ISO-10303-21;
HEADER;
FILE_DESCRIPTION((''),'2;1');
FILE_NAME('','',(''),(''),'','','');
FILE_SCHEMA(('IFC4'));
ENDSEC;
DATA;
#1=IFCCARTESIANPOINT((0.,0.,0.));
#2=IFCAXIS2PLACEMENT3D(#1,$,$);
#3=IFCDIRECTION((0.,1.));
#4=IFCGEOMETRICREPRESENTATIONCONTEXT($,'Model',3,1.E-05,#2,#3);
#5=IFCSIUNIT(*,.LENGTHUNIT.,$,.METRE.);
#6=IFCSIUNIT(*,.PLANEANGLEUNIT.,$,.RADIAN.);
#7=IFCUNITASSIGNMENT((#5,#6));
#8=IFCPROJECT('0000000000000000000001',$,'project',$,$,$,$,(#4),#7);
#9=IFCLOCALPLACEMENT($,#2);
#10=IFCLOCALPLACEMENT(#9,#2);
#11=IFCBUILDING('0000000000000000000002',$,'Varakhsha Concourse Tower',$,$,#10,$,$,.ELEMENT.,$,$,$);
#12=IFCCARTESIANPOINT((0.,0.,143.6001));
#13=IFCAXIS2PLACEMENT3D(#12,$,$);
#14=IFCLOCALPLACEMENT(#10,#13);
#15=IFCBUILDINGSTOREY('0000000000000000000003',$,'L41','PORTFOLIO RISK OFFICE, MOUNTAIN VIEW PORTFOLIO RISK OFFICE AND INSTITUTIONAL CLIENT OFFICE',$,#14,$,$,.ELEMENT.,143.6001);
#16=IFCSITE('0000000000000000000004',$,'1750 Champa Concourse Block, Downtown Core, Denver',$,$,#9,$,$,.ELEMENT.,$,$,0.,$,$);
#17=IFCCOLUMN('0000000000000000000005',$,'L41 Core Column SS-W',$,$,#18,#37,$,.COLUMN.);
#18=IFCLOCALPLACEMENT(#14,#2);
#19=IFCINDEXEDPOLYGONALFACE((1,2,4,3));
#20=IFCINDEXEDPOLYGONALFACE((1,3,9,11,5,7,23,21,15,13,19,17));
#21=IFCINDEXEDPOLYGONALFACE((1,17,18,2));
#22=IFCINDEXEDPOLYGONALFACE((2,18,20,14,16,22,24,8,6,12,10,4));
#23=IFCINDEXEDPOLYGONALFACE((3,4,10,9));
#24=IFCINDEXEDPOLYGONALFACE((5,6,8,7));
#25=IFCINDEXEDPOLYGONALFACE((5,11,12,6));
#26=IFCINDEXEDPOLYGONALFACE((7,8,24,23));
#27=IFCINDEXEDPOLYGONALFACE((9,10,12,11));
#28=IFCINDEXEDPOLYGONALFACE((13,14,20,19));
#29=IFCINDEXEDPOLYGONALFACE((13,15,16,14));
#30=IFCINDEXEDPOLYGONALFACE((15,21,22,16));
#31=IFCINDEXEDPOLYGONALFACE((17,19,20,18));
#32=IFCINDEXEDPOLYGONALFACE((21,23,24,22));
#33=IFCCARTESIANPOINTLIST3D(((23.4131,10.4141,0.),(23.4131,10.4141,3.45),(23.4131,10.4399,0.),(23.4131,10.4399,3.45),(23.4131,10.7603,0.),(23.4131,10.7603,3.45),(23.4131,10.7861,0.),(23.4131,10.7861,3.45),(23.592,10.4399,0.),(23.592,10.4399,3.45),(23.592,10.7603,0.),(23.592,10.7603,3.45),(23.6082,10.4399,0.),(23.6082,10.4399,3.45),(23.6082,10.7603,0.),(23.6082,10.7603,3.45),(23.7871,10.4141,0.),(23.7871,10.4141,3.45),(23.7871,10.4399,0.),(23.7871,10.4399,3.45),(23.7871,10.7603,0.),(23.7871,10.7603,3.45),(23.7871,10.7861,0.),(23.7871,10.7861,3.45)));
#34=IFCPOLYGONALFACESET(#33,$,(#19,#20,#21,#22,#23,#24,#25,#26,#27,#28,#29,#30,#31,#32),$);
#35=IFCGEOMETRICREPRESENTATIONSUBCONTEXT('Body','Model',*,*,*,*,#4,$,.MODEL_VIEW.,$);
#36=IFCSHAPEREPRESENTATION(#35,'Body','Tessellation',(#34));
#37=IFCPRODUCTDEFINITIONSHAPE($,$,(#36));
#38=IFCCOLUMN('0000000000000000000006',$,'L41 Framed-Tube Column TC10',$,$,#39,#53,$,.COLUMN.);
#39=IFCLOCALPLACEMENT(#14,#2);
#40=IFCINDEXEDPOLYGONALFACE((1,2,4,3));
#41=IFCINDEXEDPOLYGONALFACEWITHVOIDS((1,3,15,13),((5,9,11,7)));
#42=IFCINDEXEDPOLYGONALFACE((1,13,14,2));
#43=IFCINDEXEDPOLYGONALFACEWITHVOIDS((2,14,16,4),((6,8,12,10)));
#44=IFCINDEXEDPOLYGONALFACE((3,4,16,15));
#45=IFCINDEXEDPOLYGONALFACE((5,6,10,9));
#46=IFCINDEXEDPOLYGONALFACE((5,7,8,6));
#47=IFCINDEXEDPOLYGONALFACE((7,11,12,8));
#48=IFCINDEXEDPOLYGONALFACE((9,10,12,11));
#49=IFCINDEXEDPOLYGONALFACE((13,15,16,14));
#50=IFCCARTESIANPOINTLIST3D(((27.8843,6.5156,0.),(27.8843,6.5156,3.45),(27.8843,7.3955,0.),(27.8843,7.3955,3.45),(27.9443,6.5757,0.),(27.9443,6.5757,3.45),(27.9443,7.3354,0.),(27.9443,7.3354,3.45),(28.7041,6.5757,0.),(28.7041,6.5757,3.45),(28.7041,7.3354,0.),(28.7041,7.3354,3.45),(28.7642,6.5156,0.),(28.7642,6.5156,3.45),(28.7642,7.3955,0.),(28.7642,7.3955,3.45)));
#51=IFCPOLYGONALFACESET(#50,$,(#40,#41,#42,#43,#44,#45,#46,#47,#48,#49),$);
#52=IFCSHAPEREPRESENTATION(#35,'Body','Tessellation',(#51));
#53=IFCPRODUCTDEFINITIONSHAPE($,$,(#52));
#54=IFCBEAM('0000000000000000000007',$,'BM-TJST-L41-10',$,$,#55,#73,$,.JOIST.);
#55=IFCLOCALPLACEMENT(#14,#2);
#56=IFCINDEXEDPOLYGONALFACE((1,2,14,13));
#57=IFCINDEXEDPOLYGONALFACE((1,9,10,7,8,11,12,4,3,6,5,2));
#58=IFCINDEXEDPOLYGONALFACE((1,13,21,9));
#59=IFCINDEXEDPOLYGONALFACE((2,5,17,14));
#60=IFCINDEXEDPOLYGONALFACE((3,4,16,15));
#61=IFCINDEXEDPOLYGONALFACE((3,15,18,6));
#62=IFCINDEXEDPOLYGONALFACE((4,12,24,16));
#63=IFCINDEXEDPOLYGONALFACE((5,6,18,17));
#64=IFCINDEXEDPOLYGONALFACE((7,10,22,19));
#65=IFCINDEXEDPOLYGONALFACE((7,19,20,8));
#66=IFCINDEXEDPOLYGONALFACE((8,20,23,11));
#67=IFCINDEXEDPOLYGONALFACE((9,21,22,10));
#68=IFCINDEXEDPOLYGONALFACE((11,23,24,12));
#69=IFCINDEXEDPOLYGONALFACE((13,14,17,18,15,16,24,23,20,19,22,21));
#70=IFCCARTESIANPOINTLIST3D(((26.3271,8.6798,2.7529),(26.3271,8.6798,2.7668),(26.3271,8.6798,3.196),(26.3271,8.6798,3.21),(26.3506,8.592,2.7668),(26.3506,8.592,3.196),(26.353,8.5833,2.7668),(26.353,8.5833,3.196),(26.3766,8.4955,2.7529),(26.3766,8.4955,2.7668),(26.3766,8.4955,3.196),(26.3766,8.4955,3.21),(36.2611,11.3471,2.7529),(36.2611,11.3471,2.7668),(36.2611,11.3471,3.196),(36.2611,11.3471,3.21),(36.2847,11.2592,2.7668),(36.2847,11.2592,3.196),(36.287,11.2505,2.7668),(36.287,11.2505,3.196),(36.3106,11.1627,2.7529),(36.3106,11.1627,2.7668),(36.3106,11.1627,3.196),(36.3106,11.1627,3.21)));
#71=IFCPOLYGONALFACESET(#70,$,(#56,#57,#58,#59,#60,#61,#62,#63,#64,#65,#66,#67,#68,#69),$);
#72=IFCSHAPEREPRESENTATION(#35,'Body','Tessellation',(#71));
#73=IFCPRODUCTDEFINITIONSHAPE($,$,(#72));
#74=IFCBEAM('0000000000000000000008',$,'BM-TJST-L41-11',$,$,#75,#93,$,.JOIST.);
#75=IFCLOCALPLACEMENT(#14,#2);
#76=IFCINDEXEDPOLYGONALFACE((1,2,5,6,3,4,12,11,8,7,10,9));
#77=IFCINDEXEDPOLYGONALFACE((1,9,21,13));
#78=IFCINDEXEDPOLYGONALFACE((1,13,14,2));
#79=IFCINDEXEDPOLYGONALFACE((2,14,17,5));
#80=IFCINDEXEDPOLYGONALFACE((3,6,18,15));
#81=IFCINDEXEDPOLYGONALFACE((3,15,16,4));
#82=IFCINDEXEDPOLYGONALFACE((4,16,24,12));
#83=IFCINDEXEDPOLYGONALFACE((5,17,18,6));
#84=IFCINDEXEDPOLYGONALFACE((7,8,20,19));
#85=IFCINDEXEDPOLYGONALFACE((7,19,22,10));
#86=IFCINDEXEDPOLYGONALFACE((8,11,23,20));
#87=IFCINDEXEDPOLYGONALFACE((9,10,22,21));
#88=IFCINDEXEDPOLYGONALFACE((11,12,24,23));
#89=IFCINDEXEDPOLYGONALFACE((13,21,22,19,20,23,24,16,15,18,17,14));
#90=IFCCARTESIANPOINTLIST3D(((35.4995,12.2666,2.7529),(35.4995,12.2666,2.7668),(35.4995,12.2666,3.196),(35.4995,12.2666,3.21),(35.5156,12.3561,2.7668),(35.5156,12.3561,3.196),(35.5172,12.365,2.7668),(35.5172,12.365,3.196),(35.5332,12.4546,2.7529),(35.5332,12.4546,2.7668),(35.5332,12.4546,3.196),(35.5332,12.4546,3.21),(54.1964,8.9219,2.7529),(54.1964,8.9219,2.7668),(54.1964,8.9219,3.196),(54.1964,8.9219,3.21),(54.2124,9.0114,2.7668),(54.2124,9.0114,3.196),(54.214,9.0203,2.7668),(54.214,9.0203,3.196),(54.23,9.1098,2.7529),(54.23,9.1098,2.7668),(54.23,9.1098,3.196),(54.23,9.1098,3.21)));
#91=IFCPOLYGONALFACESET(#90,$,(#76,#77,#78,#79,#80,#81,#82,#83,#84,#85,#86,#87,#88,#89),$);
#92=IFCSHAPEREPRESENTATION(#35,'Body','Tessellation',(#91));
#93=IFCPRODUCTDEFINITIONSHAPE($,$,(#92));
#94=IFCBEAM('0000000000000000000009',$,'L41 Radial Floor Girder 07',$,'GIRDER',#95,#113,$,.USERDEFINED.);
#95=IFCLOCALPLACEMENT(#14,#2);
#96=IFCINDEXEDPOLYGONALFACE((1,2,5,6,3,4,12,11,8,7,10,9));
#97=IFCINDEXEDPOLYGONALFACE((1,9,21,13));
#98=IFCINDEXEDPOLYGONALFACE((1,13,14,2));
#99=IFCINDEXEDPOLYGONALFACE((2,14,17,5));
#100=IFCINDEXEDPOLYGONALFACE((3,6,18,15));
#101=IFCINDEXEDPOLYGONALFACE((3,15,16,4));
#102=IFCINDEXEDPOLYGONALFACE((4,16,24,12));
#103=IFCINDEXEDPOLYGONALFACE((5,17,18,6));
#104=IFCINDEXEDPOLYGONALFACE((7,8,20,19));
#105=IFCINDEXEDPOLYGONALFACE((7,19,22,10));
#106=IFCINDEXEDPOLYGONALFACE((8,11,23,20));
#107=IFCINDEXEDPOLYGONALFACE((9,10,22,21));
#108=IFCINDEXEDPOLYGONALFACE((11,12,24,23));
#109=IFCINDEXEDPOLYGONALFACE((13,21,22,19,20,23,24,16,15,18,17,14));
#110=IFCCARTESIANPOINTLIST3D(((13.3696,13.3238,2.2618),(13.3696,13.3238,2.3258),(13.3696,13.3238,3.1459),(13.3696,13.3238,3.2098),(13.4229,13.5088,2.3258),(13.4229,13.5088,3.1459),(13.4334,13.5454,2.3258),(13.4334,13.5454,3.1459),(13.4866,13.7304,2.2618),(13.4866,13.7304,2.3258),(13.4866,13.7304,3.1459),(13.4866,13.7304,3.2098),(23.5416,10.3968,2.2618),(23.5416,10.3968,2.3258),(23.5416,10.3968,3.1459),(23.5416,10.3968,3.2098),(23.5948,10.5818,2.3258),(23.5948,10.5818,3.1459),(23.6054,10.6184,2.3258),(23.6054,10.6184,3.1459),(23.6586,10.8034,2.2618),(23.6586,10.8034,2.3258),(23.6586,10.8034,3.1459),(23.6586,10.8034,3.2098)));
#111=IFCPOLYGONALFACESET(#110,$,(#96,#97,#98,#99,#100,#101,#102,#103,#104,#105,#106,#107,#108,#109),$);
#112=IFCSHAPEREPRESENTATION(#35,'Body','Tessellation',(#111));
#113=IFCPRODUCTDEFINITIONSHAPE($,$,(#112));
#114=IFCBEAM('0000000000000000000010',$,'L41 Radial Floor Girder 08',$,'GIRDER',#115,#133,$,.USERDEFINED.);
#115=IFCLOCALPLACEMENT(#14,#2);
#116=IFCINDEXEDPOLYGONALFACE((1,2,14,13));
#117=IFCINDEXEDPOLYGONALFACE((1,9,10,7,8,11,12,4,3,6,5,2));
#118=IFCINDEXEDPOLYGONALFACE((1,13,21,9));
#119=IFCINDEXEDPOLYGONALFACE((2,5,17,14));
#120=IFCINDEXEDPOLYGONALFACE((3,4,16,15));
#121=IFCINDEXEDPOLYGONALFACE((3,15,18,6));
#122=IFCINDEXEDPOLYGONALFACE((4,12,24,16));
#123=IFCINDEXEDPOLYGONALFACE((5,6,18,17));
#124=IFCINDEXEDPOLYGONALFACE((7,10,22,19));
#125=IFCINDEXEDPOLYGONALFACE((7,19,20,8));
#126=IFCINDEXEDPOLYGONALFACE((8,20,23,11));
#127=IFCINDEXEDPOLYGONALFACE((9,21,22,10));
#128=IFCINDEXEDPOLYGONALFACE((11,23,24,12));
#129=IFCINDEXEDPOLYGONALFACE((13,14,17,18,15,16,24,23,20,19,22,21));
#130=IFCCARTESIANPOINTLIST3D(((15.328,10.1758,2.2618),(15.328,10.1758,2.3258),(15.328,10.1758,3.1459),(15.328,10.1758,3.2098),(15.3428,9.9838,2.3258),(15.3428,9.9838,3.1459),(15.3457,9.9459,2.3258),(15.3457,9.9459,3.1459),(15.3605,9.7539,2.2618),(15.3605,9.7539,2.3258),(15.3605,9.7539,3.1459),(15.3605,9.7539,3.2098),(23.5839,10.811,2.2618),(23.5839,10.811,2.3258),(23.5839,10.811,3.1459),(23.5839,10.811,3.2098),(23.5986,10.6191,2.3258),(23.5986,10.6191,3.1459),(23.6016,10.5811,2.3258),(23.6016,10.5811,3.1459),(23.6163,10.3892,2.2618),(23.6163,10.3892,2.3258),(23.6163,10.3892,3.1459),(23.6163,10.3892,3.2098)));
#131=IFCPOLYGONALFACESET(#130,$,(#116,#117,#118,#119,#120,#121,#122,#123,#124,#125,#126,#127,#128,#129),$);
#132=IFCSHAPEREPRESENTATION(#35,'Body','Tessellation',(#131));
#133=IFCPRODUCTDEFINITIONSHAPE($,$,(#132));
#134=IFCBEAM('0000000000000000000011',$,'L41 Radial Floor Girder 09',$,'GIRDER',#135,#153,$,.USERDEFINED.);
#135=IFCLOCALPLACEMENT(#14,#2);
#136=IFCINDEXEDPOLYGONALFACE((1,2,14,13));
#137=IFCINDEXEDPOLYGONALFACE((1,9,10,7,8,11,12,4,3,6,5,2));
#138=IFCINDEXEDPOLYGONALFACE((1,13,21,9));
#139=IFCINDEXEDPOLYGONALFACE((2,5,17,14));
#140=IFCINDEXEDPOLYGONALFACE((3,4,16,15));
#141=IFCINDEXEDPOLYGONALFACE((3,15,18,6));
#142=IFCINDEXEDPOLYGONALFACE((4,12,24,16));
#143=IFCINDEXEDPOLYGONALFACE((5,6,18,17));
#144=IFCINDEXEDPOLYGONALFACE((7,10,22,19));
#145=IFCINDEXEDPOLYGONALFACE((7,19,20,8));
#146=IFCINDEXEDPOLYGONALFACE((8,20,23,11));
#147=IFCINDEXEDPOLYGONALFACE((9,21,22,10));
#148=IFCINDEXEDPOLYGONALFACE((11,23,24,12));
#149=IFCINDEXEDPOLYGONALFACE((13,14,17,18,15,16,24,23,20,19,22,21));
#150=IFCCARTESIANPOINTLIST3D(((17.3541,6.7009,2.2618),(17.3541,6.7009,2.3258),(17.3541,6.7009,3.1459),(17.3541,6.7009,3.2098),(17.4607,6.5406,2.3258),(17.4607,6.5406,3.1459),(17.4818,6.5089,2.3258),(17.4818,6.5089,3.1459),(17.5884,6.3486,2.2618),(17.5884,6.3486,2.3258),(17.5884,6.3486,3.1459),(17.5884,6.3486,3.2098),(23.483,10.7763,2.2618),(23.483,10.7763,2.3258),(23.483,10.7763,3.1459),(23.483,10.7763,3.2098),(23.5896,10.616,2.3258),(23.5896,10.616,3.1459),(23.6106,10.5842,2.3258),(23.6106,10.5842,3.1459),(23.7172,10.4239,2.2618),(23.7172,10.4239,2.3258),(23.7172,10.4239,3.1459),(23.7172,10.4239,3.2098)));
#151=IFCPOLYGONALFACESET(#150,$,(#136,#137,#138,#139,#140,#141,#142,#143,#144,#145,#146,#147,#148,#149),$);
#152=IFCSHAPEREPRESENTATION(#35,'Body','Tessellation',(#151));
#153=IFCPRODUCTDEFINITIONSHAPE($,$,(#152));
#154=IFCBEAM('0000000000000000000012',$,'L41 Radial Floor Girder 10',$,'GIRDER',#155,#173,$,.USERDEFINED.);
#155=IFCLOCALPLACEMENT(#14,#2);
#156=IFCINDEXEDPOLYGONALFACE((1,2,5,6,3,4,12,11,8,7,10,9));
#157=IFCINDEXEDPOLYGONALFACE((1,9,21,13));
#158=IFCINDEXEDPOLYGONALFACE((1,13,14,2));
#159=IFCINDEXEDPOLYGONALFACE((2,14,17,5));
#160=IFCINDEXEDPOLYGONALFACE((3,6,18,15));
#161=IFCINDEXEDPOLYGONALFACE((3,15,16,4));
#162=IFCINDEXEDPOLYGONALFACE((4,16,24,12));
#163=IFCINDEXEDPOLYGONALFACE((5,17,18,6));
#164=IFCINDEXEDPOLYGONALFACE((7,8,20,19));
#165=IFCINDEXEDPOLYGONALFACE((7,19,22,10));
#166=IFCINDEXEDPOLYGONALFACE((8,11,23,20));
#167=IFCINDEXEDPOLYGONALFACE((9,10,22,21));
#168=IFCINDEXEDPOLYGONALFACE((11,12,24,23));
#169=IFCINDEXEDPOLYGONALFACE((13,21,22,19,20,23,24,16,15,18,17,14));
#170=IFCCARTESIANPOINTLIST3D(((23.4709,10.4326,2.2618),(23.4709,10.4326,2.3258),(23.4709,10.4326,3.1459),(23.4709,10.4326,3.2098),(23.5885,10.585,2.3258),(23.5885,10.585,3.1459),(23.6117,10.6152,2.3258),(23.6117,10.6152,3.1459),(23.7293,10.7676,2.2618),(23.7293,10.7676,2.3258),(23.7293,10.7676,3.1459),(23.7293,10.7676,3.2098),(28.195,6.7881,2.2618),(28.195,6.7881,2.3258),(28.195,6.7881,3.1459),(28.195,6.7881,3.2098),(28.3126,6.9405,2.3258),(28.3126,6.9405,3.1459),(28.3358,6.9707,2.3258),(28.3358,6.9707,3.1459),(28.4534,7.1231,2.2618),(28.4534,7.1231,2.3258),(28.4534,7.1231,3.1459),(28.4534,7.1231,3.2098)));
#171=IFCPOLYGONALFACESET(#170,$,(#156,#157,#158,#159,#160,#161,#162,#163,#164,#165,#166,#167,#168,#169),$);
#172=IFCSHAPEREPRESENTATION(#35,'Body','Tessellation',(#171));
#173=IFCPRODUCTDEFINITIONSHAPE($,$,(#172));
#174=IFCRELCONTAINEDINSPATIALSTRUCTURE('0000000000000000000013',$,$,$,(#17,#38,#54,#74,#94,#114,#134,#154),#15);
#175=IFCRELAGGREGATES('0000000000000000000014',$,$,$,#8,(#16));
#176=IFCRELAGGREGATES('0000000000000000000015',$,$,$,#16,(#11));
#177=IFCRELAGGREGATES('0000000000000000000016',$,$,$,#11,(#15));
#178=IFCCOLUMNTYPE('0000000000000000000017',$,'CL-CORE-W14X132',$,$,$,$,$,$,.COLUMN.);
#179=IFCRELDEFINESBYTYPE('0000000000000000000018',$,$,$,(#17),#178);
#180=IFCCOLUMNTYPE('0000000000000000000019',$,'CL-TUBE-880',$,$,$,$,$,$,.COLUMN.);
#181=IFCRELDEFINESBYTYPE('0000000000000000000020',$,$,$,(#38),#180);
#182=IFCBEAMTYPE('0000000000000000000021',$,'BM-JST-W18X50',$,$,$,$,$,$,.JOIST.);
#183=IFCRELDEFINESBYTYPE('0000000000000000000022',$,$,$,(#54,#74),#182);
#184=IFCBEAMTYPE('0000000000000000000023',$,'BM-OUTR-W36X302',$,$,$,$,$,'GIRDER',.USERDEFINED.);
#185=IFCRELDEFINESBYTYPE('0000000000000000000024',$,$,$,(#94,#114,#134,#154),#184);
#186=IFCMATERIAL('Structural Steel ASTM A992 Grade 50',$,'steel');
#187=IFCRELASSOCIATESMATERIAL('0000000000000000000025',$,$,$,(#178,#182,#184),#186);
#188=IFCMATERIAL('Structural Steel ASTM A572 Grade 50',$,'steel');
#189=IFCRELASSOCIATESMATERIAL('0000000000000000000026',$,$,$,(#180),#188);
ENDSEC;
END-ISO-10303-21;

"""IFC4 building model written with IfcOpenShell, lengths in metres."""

from ifc_helpers import new_model, si_unit, direction, frame, origin, origin_2d, place, context, subcontext, project, spatial, hollow_rectangle, i_section, extrude, material, material_profile, profile_set, type_object, element, save


model = new_model("IFC4")

# Units and contexts
model_context = context("Model", 3, precision=1e-05, world=origin(), true_north=direction((0.0, 1.0)))
body_context = subcontext(model_context, "Body", "Model", "MODEL_VIEW")
ifc_project = project(units=[si_unit("LENGTHUNIT", "METRE"), si_unit("PLANEANGLEUNIT", "RADIAN")], contexts=[model_context])

# Site, building, storey
site_placement = place(None, origin())
site = spatial("IfcSite", under=ifc_project, at=site_placement, Name="1750 Champa Concourse Block, Downtown Core, Denver", CompositionType="ELEMENT", RefElevation=0.0)
building_placement = place(site_placement, origin())
building = spatial("IfcBuilding", under=site, at=building_placement, Name="Varakhsha Concourse Tower", CompositionType="ELEMENT")
storey_placement = place(building_placement, frame((0.0, 0.0, 143.6001)))
storey = spatial("IfcBuildingStorey", under=building, at=storey_placement, Name="L41", Description="PORTFOLIO RISK OFFICE, MOUNTAIN VIEW PORTFOLIO RISK OFFICE AND INSTITUTIONAL CLIENT OFFICE", CompositionType="ELEMENT", Elevation=143.6001)

# Columns
ifc_material_1 = material(Name="Structural Steel ASTM A992 Grade 50", Category="steel")
ifc_material_profile_1 = material_profile(ifc_material_1, i_section(OverallWidth=0.374, OverallDepth=0.3721, WebThickness=0.0161, FlangeThickness=0.0259, at=origin_2d()), Name="W14X132")
ifc_profile_set_1 = profile_set([ifc_material_profile_1], Name="Structural Steel ASTM A992 Grade 50")
column_type_1 = type_object("IfcColumnType", Name="CL-CORE-W14X132", PredefinedType="COLUMN", material=ifc_profile_set_1)
column_1_placement = place(storey_placement, frame((23.6001, 10.6001, 0.0), z_axis=(0.0, 0.0, 1.0), x_axis=(1.0, 0.0, 0.0)))
element("IfcColumn", 1, at=column_1_placement, inside=storey, type_object=column_type_1, Name="L41 Core Column SS-W", PredefinedType="COLUMN", context=body_context, shape_type="SweptSolid", body=[
    extrude(i_section(OverallWidth=0.374, OverallDepth=0.3721, WebThickness=0.0161, FlangeThickness=0.0259, at=origin_2d()), origin(), (0.0, 0.0, 1.0), 3.45),
])
ifc_material_2 = material(Name="Structural Steel ASTM A572 Grade 50", Category="steel")
ifc_material_profile_2 = material_profile(ifc_material_2, hollow_rectangle(XDim=0.8799, YDim=0.8799, WallThickness=0.0601, at=origin_2d()), Name="BOX 880x880x60")
ifc_profile_set_2 = profile_set([ifc_material_profile_2], Name="Structural Steel ASTM A572 Grade 50")
column_type_2 = type_object("IfcColumnType", Name="CL-TUBE-880", PredefinedType="COLUMN", material=ifc_profile_set_2)
column_2_placement = place(storey_placement, frame((28.3242, 6.9556, 0.0), z_axis=(0.0, 0.0, 1.0), x_axis=(1.0, 0.0, 0.0)))
element("IfcColumn", 2, at=column_2_placement, inside=storey, type_object=column_type_2, Name="L41 Framed-Tube Column TC10", PredefinedType="COLUMN", context=body_context, shape_type="SweptSolid", body=[
    extrude(hollow_rectangle(XDim=0.8799, YDim=0.8799, WallThickness=0.0601, at=origin_2d()), origin(), (0.0, 0.0, 1.0), 3.45),
])

# Beams
ifc_material_profile_3 = material_profile(ifc_material_1, i_section(OverallWidth=0.1909, OverallDepth=0.457, WebThickness=0.009, FlangeThickness=0.0139, at=origin_2d()), Name="W18X50")
ifc_profile_set_3 = profile_set([ifc_material_profile_3], Name="Structural Steel ASTM A992 Grade 50")
beam_type_1 = type_object("IfcBeamType", Name="BM-JST-W18X50", PredefinedType="JOIST", material=ifc_profile_set_3)
beam_1_placement = place(storey_placement, frame((26.3518, 8.5876, 2.9814), z_axis=(0.965794, 0.259309, 0.0), x_axis=(-0.259309, 0.965794, 0.0)))
element("IfcBeam", 3, at=beam_1_placement, inside=storey, type_object=beam_type_1, Name="BM-TJST-L41-10", PredefinedType="JOIST", context=body_context, shape_type="SweptSolid", body=[
    extrude(i_section(OverallWidth=0.1909, OverallDepth=0.457, WebThickness=0.009, FlangeThickness=0.0139, at=origin_2d()), origin(), (0.0, 0.0, 1.0), 10.2859),
])
beam_2_placement = place(storey_placement, frame((35.5164, 12.3606, 2.9814), z_axis=(0.984373, -0.176098, 0.0), x_axis=(0.176098, 0.984373, 0.0)))
element("IfcBeam", 4, at=beam_2_placement, inside=storey, type_object=beam_type_1, Name="BM-TJST-L41-11", PredefinedType="JOIST", context=body_context, shape_type="SweptSolid", body=[
    extrude(i_section(OverallWidth=0.1909, OverallDepth=0.457, WebThickness=0.009, FlangeThickness=0.0139, at=origin_2d()), origin(), (0.0, 0.0, 1.0), 18.9937),
])
ifc_material_profile_4 = material_profile(ifc_material_1, i_section(OverallWidth=0.4231, OverallDepth=0.948, WebThickness=0.0381, FlangeThickness=0.064, at=origin_2d()), Name="W36X302")
ifc_profile_set_4 = profile_set([ifc_material_profile_4], Name="Structural Steel ASTM A992 Grade 50")
beam_type_2 = type_object("IfcBeamType", Name="BM-OUTR-W36X302", ElementType="GIRDER", PredefinedType="USERDEFINED", material=ifc_profile_set_4)
beam_3_placement = place(storey_placement, frame((23.6001, 10.6001, 2.7358), z_axis=(-0.961004, 0.276533, 0.0), x_axis=(-0.276533, -0.961004, 0.0)))
element("IfcBeam", 5, at=beam_3_placement, inside=storey, type_object=beam_type_2, Name="L41 Radial Floor Girder 07", ObjectType="GIRDER", PredefinedType="USERDEFINED", context=body_context, shape_type="SweptSolid", body=[
    extrude(i_section(OverallWidth=0.4231, OverallDepth=0.948, WebThickness=0.0381, FlangeThickness=0.064, at=origin_2d()), origin(), (0.0, 0.0, 1.0), 10.5847),
])
beam_4_placement = place(storey_placement, frame((23.6001, 10.6001, 2.7358), z_axis=(-0.997053, -0.076719, 0.0), x_axis=(0.076719, -0.997053, 0.0)))
element("IfcBeam", 6, at=beam_4_placement, inside=storey, type_object=beam_type_2, Name="L41 Radial Floor Girder 08", ObjectType="GIRDER", PredefinedType="USERDEFINED", context=body_context, shape_type="SweptSolid", body=[
    extrude(i_section(OverallWidth=0.4231, OverallDepth=0.948, WebThickness=0.0381, FlangeThickness=0.064, at=origin_2d()), origin(), (0.0, 0.0, 1.0), 8.2803),
])
beam_5_placement = place(storey_placement, frame((23.6001, 10.6001, 2.7358), z_axis=(-0.832708, -0.553712, 0.0), x_axis=(0.553712, -0.832708, 0.0)))
element("IfcBeam", 7, at=beam_5_placement, inside=storey, type_object=beam_type_2, Name="L41 Radial Floor Girder 09", ObjectType="GIRDER", PredefinedType="USERDEFINED", context=body_context, shape_type="SweptSolid", body=[
    extrude(i_section(OverallWidth=0.4231, OverallDepth=0.948, WebThickness=0.0381, FlangeThickness=0.064, at=origin_2d()), origin(), (0.0, 0.0, 1.0), 7.3601),
])
beam_6_placement = place(storey_placement, frame((23.6001, 10.6001, 2.7358), z_axis=(0.791765, -0.610825, 0.0), x_axis=(0.610825, 0.791765, 0.0)))
element("IfcBeam", 8, at=beam_6_placement, inside=storey, type_object=beam_type_2, Name="L41 Radial Floor Girder 10", ObjectType="GIRDER", PredefinedType="USERDEFINED", context=body_context, shape_type="SweptSolid", body=[
    extrude(i_section(OverallWidth=0.4231, OverallDepth=0.948, WebThickness=0.0381, FlangeThickness=0.064, at=origin_2d()), origin(), (0.0, 0.0, 1.0), 5.9666),
])

save(model, "model.ifc")
